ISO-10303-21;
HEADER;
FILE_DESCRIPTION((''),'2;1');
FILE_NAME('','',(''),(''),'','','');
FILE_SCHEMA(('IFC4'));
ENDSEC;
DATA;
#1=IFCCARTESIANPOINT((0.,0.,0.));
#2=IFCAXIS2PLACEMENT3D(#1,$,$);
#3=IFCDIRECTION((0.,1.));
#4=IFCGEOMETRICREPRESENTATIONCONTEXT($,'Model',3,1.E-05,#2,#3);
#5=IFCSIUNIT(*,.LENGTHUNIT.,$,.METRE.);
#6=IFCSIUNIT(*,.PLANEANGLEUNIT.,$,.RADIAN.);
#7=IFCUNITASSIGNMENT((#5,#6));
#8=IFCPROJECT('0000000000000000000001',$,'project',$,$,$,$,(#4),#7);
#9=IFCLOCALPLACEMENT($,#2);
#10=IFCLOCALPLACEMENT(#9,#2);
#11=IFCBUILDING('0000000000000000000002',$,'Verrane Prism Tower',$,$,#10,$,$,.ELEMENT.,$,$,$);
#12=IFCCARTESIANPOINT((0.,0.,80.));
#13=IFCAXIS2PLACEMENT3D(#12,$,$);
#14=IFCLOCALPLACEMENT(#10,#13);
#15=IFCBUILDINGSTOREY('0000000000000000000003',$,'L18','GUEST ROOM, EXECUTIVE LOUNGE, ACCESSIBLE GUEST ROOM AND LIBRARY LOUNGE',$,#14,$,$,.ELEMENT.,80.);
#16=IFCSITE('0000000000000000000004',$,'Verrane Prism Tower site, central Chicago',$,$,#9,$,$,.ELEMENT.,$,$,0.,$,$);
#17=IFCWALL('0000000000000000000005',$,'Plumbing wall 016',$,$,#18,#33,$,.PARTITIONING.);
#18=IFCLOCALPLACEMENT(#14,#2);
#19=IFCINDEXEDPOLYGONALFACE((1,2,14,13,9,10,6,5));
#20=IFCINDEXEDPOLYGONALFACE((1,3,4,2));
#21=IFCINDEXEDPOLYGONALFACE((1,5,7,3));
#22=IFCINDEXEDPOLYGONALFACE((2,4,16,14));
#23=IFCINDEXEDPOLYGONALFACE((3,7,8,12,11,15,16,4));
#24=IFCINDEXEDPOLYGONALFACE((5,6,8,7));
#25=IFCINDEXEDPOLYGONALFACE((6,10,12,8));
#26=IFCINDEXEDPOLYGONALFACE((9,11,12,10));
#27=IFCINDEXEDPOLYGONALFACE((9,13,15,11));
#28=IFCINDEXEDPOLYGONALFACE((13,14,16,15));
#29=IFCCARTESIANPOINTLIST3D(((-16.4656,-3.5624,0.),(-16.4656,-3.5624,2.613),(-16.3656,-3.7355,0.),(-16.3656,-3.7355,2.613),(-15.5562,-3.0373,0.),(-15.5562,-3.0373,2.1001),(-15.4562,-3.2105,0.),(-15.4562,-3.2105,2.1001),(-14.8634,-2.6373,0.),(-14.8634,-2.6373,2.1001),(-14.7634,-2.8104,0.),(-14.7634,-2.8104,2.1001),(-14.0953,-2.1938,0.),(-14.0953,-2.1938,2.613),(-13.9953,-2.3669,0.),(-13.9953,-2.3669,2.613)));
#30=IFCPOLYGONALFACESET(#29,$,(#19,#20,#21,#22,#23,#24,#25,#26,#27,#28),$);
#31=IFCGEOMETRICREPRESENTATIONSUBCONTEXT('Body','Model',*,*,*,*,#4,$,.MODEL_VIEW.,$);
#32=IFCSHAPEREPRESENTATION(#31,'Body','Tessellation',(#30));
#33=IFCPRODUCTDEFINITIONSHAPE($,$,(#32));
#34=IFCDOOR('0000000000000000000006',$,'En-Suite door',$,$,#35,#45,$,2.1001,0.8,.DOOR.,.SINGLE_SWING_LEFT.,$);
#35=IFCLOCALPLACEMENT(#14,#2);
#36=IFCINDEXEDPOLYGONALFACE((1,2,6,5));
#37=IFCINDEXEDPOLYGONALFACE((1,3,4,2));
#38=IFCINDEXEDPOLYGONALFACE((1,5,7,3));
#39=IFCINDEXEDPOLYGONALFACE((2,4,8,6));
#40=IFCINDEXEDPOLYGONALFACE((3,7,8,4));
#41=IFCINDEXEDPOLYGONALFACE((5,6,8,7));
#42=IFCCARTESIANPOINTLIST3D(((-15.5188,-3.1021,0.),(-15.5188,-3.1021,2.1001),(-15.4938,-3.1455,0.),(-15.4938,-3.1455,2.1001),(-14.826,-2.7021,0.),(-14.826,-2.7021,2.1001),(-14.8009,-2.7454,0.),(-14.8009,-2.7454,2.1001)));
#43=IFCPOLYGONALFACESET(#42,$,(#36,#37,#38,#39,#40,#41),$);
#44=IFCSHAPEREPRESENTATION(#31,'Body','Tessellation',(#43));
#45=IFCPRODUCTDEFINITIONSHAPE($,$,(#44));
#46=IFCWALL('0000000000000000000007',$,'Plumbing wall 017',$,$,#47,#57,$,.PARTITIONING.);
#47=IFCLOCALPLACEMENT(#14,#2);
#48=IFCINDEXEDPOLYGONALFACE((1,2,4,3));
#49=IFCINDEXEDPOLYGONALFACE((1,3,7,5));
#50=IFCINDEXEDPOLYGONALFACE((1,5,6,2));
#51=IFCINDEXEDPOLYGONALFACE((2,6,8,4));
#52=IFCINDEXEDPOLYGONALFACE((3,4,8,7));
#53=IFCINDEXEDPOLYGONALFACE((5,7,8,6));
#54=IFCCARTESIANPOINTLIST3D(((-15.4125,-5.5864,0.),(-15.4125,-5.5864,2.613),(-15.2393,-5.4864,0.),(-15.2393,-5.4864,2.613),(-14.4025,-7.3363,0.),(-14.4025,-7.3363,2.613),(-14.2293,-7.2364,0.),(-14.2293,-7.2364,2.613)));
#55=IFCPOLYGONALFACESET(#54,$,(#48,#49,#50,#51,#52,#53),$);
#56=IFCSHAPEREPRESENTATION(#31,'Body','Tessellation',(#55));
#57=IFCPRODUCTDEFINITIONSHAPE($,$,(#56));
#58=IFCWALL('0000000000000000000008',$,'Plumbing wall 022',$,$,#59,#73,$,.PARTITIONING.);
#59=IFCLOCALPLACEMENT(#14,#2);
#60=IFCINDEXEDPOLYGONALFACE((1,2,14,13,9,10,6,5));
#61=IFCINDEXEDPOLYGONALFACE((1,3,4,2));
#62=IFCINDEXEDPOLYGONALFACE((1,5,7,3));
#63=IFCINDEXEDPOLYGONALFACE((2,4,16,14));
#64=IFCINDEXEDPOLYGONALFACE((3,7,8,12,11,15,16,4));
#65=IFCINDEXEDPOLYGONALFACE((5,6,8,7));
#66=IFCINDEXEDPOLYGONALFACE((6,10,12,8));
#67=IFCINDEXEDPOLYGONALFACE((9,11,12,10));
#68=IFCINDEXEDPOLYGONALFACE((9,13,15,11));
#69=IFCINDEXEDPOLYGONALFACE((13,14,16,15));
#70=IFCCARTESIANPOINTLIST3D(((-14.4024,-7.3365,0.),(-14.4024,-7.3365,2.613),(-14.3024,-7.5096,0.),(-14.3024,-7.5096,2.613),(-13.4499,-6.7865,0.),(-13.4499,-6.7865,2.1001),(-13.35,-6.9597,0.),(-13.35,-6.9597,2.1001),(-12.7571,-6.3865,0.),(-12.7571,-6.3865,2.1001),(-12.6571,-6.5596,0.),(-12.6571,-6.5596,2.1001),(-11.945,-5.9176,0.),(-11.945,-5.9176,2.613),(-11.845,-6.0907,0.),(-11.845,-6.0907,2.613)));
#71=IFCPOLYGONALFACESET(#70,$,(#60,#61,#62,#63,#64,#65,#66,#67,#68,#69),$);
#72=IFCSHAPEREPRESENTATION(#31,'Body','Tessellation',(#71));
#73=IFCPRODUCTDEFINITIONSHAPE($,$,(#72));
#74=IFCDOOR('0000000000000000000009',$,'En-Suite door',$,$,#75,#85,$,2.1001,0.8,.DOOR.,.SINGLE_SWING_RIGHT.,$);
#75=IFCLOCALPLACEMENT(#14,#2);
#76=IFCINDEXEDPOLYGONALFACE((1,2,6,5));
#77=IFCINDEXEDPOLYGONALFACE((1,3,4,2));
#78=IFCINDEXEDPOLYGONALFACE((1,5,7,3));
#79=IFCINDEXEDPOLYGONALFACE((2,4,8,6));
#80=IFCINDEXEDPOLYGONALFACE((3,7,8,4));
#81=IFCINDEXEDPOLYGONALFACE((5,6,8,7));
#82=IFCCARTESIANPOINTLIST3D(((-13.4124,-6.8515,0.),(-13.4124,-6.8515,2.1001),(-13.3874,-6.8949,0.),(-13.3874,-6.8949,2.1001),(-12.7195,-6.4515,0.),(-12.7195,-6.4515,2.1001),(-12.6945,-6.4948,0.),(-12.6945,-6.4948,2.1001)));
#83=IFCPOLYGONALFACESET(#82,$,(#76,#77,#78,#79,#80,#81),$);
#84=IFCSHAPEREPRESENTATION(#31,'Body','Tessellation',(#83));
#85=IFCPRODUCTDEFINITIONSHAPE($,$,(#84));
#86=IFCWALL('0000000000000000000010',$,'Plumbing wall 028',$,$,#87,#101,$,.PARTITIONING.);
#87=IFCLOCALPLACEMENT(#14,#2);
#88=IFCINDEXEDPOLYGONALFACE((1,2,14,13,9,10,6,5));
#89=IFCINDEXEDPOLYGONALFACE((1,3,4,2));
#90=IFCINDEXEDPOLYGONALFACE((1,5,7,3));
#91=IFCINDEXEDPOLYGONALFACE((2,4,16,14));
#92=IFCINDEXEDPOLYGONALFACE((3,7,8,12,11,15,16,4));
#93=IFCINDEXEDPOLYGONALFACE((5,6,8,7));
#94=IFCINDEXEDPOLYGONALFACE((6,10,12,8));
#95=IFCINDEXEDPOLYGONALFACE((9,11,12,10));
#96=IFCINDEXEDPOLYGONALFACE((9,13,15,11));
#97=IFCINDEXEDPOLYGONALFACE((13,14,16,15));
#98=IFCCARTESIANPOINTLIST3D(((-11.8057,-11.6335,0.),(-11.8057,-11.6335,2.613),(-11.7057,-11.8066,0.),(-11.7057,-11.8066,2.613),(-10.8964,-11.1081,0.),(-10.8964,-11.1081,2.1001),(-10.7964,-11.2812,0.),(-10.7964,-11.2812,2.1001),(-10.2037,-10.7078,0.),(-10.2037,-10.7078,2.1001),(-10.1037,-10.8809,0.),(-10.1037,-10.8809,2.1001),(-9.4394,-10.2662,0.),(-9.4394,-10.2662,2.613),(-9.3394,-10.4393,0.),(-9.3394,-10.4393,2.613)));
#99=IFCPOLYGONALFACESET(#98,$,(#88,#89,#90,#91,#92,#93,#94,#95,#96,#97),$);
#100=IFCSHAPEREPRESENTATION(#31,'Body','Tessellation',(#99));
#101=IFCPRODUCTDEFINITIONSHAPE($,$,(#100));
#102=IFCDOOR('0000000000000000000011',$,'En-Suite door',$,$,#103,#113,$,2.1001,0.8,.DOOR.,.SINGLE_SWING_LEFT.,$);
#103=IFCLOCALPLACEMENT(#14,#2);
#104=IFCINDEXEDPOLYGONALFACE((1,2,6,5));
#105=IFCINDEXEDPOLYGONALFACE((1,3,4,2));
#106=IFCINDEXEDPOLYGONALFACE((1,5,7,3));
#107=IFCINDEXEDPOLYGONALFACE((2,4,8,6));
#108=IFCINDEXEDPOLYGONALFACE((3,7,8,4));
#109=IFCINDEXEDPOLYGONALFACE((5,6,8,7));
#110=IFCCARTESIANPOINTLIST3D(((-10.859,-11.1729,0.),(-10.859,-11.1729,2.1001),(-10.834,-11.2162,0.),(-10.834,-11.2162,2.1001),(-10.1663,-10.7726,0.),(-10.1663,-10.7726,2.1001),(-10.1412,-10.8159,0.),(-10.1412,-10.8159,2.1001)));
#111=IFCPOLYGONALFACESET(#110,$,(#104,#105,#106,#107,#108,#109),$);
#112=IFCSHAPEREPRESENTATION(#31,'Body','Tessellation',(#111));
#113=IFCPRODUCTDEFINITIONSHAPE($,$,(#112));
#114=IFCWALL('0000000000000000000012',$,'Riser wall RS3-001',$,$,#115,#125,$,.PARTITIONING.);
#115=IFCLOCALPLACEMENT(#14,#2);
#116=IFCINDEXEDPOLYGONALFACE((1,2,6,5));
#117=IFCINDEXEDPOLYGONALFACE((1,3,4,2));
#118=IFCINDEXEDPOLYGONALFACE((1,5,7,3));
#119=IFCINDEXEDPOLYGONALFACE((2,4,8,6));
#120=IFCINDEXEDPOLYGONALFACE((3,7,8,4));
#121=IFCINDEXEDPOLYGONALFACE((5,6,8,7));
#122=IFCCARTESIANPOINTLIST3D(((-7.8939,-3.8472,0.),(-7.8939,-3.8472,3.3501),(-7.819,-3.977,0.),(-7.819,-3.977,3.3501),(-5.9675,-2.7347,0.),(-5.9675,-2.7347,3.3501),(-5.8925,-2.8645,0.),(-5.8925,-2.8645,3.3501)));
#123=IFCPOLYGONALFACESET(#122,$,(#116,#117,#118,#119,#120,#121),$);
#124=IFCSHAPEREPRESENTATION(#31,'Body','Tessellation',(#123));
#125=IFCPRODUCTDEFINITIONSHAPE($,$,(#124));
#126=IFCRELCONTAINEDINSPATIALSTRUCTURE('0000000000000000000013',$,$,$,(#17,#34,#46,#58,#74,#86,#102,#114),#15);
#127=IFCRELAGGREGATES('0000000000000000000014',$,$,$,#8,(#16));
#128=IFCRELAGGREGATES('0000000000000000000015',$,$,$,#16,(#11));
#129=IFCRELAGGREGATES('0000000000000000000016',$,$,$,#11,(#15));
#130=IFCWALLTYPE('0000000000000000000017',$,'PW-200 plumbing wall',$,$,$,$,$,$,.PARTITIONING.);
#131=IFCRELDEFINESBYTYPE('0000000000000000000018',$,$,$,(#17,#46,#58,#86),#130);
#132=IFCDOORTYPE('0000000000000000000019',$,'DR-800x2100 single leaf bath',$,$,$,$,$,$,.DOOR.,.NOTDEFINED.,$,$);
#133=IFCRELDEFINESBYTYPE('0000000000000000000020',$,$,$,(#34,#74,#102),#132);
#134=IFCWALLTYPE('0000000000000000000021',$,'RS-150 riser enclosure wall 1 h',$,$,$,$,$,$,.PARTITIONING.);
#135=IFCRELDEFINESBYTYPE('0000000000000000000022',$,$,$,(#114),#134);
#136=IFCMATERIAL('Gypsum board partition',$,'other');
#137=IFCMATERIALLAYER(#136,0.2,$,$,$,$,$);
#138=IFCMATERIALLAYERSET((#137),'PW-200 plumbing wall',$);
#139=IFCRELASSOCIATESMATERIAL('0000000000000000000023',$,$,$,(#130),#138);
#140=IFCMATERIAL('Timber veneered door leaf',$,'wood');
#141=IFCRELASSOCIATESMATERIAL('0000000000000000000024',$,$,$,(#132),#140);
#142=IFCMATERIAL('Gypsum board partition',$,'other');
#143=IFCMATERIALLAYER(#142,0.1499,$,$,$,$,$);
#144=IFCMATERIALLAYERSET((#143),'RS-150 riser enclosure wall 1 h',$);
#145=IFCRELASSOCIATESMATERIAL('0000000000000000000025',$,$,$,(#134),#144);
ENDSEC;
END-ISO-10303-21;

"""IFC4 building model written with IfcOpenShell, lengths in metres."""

from ifc_helpers import new_model, si_unit, direction, frame, frame_2d, origin, place, context, subcontext, project, spatial, rectangle, extrude, material, layer, layer_set, type_object, element, fill, save


model = new_model("IFC4")

# Units and contexts
model_context = context("Model", 3, precision=1e-05, world=origin(), true_north=direction((0.0, 1.0)))
body_context = subcontext(model_context, "Body", "Model", "MODEL_VIEW")
ifc_project = project(units=[si_unit("LENGTHUNIT", "METRE"), si_unit("PLANEANGLEUNIT", "RADIAN")], contexts=[model_context])

# Site, building, storey
site_placement = place(None, origin())
site = spatial("IfcSite", under=ifc_project, at=site_placement, Name="Verrane Prism Tower site, central Chicago", CompositionType="ELEMENT", RefElevation=0.0)
building_placement = place(site_placement, origin())
building = spatial("IfcBuilding", under=site, at=building_placement, Name="Verrane Prism Tower", CompositionType="ELEMENT")
storey_placement = place(building_placement, frame((0.0, 0.0, 80.0)))
storey = spatial("IfcBuildingStorey", under=building, at=storey_placement, Name="L18", Description="GUEST ROOM, EXECUTIVE LOUNGE, ACCESSIBLE GUEST ROOM AND LIBRARY LOUNGE", CompositionType="ELEMENT", Elevation=80.0)

# Shared definitions
ifc_material_1 = material(Name="Gypsum board partition", Category="other")
ifc_layer_1 = layer(ifc_material_1, 0.2)
ifc_layer_set_1 = layer_set([ifc_layer_1], Name="PW-200 plumbing wall")
wall_type_1 = type_object("IfcWallType", Name="PW-200 plumbing wall", PredefinedType="PARTITIONING", material=ifc_layer_set_1)

# Wall, opening, door
wall_1_placement = place(storey_placement, frame((-14.0452, -2.2803, 0.0), z_axis=(0.0, 0.0, 1.0), x_axis=(-0.866006, -0.500034, 0.0)))
wall_1 = element("IfcWall", 1, at=wall_1_placement, inside=storey, type_object=wall_type_1, Name="Plumbing wall 016", PredefinedType="PARTITIONING", context=body_context, shape_type="SweptSolid", body=[
    extrude(rectangle(XDim=2.7371, YDim=0.2, at=frame_2d((1.3687, 0.0))), origin(), (0.0, 0.0, 1.0), 2.613),
])
opening_1_placement = place(wall_1_placement, frame((0.8872, 0.0, 0.0)))
opening_1 = element("IfcOpeningElement", 2, at=opening_1_placement, cuts=wall_1, PredefinedType="OPENING", context=body_context, shape_type="SweptSolid", body=[
    extrude(rectangle(XDim=0.8, YDim=2.1001, at=frame_2d((0.3999, 1.05))), frame((0.0, 0.1099, 0.0), z_axis=(0.0, -1.0, 0.0), x_axis=(1.0, 0.0, 0.0)), (0.0, 0.0, 1.0), 0.22),
])
ifc_material_2 = material(Name="Timber veneered door leaf", Category="wood")
door_type = type_object("IfcDoorType", Name="DR-800x2100 single leaf bath", OperationType="NOTDEFINED", PredefinedType="DOOR", material=ifc_material_2)
door_1_placement = place(opening_1_placement, origin())
door_1 = element("IfcDoor", 3, at=door_1_placement, inside=storey, type_object=door_type, Name="En-Suite door", OperationType="SINGLE_SWING_LEFT", OverallHeight=2.1001, OverallWidth=0.8, PredefinedType="DOOR", context=body_context, shape_type="SweptSolid", body=[
    extrude(rectangle(XDim=0.8, YDim=2.1001, at=frame_2d((0.3999, 1.05))), frame((0.0, 0.0249, 0.0), z_axis=(0.0, -1.0, 0.0), x_axis=(1.0, 0.0, 0.0)), (0.0, 0.0, 1.0), 0.05),
])
fill(opening_1, door_1)

# Wall
wall_2_placement = place(storey_placement, frame((-15.3259, -5.5364, 0.0), z_axis=(0.0, 0.0, 1.0), x_axis=(0.499869, -0.866101, 0.0)))
element("IfcWall", 4, at=wall_2_placement, inside=storey, type_object=wall_type_1, Name="Plumbing wall 017", PredefinedType="PARTITIONING", context=body_context, shape_type="SweptSolid", body=[
    extrude(rectangle(XDim=2.0205, YDim=0.2, at=frame_2d((1.0103, 0.0))), origin(), (0.0, 0.0, 1.0), 2.613),
])

# Walls, openings, doors
wall_3_placement = place(storey_placement, frame((-14.3525, -7.4231, 0.0), z_axis=(0.0, 0.0, 1.0), x_axis=(0.866011, 0.500025, 0.0)))
wall_3 = element("IfcWall", 5, at=wall_3_placement, inside=storey, type_object=wall_type_1, Name="Plumbing wall 022", PredefinedType="PARTITIONING", context=body_context, shape_type="SweptSolid", body=[
    extrude(rectangle(XDim=2.8376, YDim=0.2, at=frame_2d((1.4189, 0.0))), origin(), (0.0, 0.0, 1.0), 2.613),
])
opening_2_placement = place(wall_3_placement, frame((1.1001, 0.0, 0.0)))
opening_2 = element("IfcOpeningElement", 6, at=opening_2_placement, cuts=wall_3, PredefinedType="OPENING", context=body_context, shape_type="SweptSolid", body=[
    extrude(rectangle(XDim=0.8, YDim=2.1001, at=frame_2d((0.3999, 1.05))), frame((0.0, 0.1099, 0.0), z_axis=(0.0, -1.0, 0.0), x_axis=(1.0, 0.0, 0.0)), (0.0, 0.0, 1.0), 0.22),
])
door_2_placement = place(opening_2_placement, origin())
door_2 = element("IfcDoor", 7, at=door_2_placement, inside=storey, type_object=door_type, Name="En-Suite door", OperationType="SINGLE_SWING_RIGHT", OverallHeight=2.1001, OverallWidth=0.8, PredefinedType="DOOR", context=body_context, shape_type="SweptSolid", body=[
    extrude(rectangle(XDim=0.8, YDim=2.1001, at=frame_2d((0.3999, 1.05))), frame((0.0, 0.0249, 0.0), z_axis=(0.0, -1.0, 0.0), x_axis=(1.0, 0.0, 0.0)), (0.0, 0.0, 1.0), 0.05),
])
fill(opening_2, door_2)
wall_4_placement = place(storey_placement, frame((-9.3894, -10.3528, 0.0), z_axis=(0.0, 0.0, 1.0), x_axis=(-0.865858, -0.50029, 0.0)))
wall_4 = element("IfcWall", 8, at=wall_4_placement, inside=storey, type_object=wall_type_1, Name="Plumbing wall 028", PredefinedType="PARTITIONING", context=body_context, shape_type="SweptSolid", body=[
    extrude(rectangle(XDim=2.7329, YDim=0.2, at=frame_2d((1.3665, 0.0))), origin(), (0.0, 0.0, 1.0), 2.613),
])
opening_3_placement = place(wall_4_placement, frame((0.8828, 0.0, 0.0)))
opening_3 = element("IfcOpeningElement", 9, at=opening_3_placement, cuts=wall_4, PredefinedType="OPENING", context=body_context, shape_type="SweptSolid", body=[
    extrude(rectangle(XDim=0.8, YDim=2.1001, at=frame_2d((0.3999, 1.05))), frame((0.0, 0.1099, 0.0), z_axis=(0.0, -1.0, 0.0), x_axis=(1.0, 0.0, 0.0)), (0.0, 0.0, 1.0), 0.22),
])
door_3_placement = place(opening_3_placement, origin())
door_3 = element("IfcDoor", 10, at=door_3_placement, inside=storey, type_object=door_type, Name="En-Suite door", OperationType="SINGLE_SWING_LEFT", OverallHeight=2.1001, OverallWidth=0.8, PredefinedType="DOOR", context=body_context, shape_type="SweptSolid", body=[
    extrude(rectangle(XDim=0.8, YDim=2.1001, at=frame_2d((0.3999, 1.05))), frame((0.0, 0.0249, 0.0), z_axis=(0.0, -1.0, 0.0), x_axis=(1.0, 0.0, 0.0)), (0.0, 0.0, 1.0), 0.05),
])
fill(opening_3, door_3)

# Wall
ifc_material_3 = material(Name="Gypsum board partition", Category="other")
ifc_layer_2 = layer(ifc_material_3, 0.1499)
ifc_layer_set_2 = layer_set([ifc_layer_2], Name="RS-150 riser enclosure wall 1 h")
wall_type_2 = type_object("IfcWallType", Name="RS-150 riser enclosure wall 1 h", PredefinedType="PARTITIONING", material=ifc_layer_set_2)
wall_5_placement = place(storey_placement, frame((-7.8564, -3.9121, 0.0), z_axis=(0.0, 0.0, 1.0), x_axis=(0.865972, 0.500093, 0.0)))
element("IfcWall", 11, at=wall_5_placement, inside=storey, type_object=wall_type_2, Name="Riser wall RS3-001", PredefinedType="PARTITIONING", context=body_context, shape_type="SweptSolid", body=[
    extrude(rectangle(XDim=2.2246, YDim=0.1499, at=frame_2d((1.1123, 0.0))), origin(), (0.0, 0.0, 1.0), 3.3501),
])

save(model, "model.ifc")
